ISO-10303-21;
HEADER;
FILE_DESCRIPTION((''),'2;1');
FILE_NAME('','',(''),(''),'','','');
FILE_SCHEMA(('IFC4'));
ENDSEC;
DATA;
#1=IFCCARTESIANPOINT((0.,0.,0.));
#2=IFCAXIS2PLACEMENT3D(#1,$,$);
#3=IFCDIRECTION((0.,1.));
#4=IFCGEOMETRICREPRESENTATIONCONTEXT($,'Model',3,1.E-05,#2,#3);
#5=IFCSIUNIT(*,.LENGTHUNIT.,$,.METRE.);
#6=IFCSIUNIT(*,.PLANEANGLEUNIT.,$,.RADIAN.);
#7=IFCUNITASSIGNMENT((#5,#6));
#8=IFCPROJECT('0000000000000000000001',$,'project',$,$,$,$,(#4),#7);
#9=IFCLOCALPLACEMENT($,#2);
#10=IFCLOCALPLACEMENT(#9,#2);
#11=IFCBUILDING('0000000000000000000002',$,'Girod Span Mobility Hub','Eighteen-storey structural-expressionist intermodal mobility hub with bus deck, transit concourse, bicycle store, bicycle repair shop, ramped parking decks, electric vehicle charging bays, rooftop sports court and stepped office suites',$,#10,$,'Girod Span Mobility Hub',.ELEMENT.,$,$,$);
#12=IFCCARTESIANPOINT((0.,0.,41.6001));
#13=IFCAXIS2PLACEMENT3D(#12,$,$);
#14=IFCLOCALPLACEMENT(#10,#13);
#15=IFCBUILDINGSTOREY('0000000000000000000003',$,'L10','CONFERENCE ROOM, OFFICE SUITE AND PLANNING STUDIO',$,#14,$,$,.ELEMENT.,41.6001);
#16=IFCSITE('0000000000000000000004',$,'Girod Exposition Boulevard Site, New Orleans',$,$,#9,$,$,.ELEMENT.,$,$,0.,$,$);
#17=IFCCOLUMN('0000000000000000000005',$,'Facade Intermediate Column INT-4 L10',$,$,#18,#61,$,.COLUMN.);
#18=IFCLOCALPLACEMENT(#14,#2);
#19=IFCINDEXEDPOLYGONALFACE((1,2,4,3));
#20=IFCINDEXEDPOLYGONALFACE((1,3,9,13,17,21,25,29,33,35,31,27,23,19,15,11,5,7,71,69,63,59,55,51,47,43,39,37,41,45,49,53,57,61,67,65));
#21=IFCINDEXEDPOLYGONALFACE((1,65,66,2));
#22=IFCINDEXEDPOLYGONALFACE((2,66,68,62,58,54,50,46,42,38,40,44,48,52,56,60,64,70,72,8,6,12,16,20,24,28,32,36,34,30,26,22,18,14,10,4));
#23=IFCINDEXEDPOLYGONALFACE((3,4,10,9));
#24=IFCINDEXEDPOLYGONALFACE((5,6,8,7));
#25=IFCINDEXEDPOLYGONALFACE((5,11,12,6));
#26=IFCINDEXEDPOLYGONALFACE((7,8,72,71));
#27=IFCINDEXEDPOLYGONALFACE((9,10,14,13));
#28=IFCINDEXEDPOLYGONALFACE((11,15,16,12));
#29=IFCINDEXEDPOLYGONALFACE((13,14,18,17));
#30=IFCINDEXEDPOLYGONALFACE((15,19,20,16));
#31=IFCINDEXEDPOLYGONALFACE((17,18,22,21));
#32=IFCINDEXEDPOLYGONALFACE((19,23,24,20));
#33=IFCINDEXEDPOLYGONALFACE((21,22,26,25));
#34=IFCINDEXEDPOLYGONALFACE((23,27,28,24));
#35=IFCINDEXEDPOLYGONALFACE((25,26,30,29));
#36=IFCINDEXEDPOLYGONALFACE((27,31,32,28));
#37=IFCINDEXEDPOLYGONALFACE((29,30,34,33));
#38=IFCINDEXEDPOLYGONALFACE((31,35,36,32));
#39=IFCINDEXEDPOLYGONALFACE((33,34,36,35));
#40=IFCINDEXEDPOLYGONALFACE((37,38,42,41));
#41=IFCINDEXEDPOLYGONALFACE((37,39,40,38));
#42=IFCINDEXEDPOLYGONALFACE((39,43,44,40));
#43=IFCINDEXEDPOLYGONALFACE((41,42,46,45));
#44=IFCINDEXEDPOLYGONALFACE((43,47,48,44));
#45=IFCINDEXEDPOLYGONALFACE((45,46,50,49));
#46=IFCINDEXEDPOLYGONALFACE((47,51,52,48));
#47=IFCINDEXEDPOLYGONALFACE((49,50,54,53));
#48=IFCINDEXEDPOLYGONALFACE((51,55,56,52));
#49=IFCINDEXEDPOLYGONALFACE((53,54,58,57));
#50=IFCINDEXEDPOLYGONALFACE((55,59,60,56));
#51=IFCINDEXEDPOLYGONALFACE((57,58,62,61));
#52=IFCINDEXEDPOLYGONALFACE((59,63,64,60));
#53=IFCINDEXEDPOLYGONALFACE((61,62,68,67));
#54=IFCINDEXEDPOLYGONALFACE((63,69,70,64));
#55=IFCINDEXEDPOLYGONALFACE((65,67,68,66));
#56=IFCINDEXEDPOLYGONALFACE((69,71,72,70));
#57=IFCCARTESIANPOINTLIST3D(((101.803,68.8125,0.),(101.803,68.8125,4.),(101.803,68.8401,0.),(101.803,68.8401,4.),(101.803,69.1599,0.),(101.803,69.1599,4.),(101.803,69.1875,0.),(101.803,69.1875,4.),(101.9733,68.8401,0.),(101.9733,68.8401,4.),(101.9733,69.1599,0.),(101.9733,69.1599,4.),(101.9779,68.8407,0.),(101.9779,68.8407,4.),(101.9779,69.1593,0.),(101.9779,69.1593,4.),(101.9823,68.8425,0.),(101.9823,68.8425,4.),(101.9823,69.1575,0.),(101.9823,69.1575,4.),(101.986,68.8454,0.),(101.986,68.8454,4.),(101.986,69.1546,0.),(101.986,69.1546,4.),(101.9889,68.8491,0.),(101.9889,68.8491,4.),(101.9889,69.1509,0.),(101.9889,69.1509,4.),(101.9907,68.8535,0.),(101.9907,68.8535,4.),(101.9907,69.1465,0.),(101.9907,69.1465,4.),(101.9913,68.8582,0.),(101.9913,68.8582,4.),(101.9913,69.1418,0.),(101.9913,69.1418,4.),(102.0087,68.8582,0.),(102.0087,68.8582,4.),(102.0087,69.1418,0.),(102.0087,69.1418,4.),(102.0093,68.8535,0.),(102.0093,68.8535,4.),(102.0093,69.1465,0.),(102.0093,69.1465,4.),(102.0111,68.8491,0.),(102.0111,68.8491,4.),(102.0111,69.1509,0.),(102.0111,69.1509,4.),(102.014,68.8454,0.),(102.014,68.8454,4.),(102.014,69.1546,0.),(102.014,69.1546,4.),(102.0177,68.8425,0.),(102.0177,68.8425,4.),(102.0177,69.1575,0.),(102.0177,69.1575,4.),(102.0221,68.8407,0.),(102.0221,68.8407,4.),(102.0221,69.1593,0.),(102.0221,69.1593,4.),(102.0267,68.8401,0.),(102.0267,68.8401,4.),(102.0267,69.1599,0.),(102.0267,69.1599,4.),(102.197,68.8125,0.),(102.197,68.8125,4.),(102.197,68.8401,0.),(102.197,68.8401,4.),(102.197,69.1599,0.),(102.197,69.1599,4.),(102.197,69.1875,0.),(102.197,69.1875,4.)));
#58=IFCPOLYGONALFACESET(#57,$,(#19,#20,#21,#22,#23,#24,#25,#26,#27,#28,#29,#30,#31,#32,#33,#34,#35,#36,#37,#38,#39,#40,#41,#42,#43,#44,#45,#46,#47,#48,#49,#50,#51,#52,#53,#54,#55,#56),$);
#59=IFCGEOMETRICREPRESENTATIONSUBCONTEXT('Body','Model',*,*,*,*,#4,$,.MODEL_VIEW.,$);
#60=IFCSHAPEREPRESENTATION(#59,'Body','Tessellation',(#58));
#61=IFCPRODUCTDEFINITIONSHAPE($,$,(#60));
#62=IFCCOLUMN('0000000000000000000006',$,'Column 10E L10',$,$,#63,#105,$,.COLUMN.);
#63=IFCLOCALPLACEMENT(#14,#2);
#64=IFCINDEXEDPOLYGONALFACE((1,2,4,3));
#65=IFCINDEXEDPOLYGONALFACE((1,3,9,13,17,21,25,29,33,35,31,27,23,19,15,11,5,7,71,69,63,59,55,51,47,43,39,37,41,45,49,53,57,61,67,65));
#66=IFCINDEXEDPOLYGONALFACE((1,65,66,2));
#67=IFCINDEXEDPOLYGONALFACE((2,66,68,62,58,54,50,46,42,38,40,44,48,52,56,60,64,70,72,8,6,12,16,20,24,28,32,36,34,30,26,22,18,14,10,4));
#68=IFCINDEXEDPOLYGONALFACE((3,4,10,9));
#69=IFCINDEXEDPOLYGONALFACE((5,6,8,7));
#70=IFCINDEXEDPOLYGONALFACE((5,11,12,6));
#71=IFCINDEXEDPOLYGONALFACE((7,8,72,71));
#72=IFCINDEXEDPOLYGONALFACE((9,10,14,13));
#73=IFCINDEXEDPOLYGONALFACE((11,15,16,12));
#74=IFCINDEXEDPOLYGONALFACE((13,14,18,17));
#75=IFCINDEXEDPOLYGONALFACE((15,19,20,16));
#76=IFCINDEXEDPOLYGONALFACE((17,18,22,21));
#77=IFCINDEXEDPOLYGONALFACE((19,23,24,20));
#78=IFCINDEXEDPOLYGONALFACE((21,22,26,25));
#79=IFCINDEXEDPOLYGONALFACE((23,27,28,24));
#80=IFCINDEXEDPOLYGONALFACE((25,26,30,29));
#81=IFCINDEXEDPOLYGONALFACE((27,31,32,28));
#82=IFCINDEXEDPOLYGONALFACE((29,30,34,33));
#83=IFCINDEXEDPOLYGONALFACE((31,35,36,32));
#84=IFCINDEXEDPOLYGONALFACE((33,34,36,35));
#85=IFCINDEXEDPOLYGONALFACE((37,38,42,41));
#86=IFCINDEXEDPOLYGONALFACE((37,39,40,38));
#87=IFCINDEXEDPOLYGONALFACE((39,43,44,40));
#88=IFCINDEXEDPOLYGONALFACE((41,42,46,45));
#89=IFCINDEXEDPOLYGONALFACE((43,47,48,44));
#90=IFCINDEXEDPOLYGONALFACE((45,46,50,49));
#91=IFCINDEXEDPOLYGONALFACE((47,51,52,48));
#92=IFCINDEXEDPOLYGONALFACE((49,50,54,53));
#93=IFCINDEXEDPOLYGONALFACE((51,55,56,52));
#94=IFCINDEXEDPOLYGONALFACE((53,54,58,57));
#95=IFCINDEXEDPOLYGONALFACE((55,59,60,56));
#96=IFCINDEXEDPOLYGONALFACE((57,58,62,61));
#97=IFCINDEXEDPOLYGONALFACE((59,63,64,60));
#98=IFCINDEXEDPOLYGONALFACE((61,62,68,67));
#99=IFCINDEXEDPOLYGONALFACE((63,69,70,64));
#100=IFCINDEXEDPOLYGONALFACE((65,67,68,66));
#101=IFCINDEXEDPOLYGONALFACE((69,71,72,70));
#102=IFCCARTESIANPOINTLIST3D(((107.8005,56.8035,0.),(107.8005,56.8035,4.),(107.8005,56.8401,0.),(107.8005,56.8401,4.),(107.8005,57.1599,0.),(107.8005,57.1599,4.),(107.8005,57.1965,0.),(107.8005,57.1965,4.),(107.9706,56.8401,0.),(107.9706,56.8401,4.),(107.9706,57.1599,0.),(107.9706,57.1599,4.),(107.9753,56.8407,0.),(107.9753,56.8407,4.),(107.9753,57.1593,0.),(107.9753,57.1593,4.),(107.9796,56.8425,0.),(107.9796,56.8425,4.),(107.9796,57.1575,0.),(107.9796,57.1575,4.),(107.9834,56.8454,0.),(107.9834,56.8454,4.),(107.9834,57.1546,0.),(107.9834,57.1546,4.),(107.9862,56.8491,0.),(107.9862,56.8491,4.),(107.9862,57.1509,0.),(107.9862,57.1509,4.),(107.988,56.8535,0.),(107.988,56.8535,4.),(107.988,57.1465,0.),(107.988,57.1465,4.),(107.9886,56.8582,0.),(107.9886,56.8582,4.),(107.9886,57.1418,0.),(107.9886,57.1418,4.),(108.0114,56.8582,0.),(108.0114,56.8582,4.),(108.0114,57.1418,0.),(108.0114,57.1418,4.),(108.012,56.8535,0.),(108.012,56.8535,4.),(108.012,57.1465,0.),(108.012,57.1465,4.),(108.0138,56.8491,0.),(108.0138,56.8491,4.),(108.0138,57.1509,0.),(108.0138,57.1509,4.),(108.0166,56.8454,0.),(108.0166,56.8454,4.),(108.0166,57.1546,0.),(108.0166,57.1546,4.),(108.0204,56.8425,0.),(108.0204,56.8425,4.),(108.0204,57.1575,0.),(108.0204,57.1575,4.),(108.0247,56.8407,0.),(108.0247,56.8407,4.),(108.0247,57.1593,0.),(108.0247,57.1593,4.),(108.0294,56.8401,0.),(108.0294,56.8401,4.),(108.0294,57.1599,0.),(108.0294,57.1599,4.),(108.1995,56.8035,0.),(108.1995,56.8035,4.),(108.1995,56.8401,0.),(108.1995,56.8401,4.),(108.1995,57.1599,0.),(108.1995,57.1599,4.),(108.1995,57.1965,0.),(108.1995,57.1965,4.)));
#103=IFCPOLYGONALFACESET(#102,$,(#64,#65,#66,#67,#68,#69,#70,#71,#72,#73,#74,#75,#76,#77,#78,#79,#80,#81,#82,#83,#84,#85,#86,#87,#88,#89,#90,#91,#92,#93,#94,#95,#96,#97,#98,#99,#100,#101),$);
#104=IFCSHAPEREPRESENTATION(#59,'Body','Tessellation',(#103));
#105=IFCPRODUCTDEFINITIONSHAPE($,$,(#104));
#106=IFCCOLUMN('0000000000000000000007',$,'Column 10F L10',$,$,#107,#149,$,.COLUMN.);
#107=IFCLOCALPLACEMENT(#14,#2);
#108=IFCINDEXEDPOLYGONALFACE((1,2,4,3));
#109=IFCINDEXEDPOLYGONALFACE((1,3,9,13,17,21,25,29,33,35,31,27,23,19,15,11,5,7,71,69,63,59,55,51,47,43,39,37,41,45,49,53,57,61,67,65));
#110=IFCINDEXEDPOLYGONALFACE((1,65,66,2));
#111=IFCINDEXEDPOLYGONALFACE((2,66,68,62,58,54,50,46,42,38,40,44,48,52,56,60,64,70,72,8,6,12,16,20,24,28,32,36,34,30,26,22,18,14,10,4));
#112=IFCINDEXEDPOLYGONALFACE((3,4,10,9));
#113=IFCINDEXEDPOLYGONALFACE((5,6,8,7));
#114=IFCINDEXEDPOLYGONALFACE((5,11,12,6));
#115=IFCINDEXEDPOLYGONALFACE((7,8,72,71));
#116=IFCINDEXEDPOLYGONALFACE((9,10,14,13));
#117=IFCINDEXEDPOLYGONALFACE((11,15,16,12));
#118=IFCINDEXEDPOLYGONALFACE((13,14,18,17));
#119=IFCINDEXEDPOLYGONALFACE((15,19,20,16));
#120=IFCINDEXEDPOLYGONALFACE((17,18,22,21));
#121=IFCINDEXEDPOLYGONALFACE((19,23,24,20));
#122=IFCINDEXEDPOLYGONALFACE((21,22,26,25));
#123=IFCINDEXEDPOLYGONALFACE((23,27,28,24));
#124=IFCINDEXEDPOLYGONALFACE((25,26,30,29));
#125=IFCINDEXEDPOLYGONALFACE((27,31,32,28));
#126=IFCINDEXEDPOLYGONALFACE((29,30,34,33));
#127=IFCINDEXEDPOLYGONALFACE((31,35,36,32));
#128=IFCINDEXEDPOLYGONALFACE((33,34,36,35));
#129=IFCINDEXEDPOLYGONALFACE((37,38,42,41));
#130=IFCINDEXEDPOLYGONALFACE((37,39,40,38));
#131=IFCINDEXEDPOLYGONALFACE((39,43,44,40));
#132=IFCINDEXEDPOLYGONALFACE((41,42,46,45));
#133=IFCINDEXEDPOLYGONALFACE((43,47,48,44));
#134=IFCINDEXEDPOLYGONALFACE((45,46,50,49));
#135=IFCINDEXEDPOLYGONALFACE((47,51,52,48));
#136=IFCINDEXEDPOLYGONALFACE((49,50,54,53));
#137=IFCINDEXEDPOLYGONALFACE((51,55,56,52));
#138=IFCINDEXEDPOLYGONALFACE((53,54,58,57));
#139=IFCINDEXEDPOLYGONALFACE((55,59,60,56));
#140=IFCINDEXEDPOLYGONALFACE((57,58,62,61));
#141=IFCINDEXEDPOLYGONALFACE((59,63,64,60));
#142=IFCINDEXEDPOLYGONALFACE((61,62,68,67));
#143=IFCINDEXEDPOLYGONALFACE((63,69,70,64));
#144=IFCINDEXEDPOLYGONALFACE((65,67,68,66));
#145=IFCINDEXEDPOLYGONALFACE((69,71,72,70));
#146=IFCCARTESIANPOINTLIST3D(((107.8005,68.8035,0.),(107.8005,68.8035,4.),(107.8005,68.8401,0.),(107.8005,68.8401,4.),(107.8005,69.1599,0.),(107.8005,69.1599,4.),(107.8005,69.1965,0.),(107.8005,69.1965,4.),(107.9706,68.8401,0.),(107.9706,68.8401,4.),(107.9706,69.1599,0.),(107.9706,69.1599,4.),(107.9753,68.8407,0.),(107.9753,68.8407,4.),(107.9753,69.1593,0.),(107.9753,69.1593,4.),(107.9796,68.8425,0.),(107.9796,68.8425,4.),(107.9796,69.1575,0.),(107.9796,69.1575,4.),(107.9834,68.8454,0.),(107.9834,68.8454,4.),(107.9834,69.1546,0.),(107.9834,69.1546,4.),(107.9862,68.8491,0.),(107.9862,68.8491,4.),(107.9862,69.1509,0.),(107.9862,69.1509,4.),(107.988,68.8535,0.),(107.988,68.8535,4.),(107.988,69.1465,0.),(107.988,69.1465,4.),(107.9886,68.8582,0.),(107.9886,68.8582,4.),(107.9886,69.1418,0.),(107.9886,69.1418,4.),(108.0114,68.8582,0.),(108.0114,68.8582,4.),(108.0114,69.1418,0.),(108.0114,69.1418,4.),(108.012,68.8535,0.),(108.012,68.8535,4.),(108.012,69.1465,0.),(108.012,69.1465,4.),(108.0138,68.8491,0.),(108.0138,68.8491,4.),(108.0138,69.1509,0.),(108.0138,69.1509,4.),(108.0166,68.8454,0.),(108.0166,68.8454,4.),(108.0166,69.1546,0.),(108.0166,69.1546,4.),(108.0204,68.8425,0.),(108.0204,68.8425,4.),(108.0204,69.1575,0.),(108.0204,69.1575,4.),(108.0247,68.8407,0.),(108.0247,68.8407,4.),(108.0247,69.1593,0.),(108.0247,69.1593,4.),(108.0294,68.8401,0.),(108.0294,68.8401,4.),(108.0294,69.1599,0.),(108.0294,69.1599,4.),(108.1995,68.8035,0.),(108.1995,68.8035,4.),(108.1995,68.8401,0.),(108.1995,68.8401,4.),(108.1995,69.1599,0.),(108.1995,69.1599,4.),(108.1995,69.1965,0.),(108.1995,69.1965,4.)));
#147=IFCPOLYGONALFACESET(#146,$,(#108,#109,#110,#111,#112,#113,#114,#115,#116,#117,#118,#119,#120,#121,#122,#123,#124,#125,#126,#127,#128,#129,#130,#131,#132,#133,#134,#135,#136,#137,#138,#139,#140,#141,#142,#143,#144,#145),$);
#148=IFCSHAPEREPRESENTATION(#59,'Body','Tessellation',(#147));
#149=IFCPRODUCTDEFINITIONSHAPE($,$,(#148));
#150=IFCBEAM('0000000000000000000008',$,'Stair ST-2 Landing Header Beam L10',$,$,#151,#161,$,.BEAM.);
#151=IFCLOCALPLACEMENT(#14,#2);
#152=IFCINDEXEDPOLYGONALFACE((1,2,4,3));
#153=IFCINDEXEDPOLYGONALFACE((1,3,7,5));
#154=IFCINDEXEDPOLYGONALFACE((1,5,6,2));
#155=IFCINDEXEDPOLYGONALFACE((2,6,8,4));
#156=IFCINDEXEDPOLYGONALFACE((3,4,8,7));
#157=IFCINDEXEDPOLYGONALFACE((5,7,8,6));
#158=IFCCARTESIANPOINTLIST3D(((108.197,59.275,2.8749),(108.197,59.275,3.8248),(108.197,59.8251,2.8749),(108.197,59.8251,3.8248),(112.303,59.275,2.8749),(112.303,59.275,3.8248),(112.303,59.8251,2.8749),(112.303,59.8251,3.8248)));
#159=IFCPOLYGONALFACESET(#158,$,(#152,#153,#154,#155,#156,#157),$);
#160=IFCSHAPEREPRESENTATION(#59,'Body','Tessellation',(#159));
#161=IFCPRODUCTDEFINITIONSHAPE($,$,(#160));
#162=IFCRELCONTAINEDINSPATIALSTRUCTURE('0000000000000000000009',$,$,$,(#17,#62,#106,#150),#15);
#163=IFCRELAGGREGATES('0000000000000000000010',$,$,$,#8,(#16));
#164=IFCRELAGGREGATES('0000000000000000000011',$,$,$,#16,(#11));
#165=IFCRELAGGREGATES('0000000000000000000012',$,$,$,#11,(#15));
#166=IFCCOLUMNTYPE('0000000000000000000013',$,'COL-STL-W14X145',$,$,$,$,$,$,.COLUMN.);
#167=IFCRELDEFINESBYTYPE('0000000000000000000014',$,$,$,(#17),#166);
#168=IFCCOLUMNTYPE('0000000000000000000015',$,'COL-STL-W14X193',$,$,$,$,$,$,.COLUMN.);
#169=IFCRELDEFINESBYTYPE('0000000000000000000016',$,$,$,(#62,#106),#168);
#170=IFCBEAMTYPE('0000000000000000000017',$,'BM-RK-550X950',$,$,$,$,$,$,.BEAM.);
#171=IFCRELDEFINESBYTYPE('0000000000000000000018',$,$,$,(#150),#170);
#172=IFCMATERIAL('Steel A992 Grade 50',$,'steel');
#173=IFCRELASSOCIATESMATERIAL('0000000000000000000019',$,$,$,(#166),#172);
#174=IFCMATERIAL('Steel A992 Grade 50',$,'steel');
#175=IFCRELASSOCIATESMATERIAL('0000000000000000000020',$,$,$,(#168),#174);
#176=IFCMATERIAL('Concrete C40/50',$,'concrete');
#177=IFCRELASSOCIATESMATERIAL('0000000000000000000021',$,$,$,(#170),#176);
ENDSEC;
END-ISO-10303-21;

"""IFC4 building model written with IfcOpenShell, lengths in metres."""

from ifc_helpers import new_model, si_unit, direction, frame, origin, origin_2d, place, context, subcontext, project, spatial, rectangle, i_section, extrude, material, material_profile, profile_set, type_object, element, save


model = new_model("IFC4")

# Units and contexts
model_context = context("Model", 3, precision=1e-05, world=origin(), true_north=direction((0.0, 1.0)))
body_context = subcontext(model_context, "Body", "Model", "MODEL_VIEW")
ifc_project = project(units=[si_unit("LENGTHUNIT", "METRE"), si_unit("PLANEANGLEUNIT", "RADIAN")], contexts=[model_context])

# Site, building, storey
site_placement = place(None, origin())
site = spatial("IfcSite", under=ifc_project, at=site_placement, Name="Girod Exposition Boulevard Site, New Orleans", CompositionType="ELEMENT", RefElevation=0.0)
building_placement = place(site_placement, origin())
building = spatial("IfcBuilding", under=site, at=building_placement, Name="Girod Span Mobility Hub", Description="Eighteen-storey structural-expressionist intermodal mobility hub with bus deck, transit concourse, bicycle store, bicycle repair shop, ramped parking decks, electric vehicle charging bays, rooftop sports court and stepped office suites", LongName="Girod Span Mobility Hub", CompositionType="ELEMENT")
storey_placement = place(building_placement, frame((0.0, 0.0, 41.6001)))
storey = spatial("IfcBuildingStorey", under=building, at=storey_placement, Name="L10", Description="CONFERENCE ROOM, OFFICE SUITE AND PLANNING STUDIO", CompositionType="ELEMENT", Elevation=41.6001)

# Columns
ifc_material_1 = material(Name="Steel A992 Grade 50", Category="steel")
ifc_material_profile_1 = material_profile(ifc_material_1, i_section(OverallWidth=0.394, OverallDepth=0.375, WebThickness=0.0173, FlangeThickness=0.0276, FilletRadius=0.0181, at=origin_2d()), Name="W14X145")
ifc_profile_set_1 = profile_set([ifc_material_profile_1], Name="Steel A992 Grade 50")
column_type_1 = type_object("IfcColumnType", Name="COL-STL-W14X145", PredefinedType="COLUMN", material=ifc_profile_set_1)
column_placement = place(storey_placement, frame((102.0, 69.0, 0.0), z_axis=(0.0, 0.0, 1.0), x_axis=(1.0, 0.0, 0.0)))
element("IfcColumn", 1, at=column_placement, inside=storey, type_object=column_type_1, Name="Facade Intermediate Column INT-4 L10", PredefinedType="COLUMN", context=body_context, shape_type="SweptSolid", body=[
    extrude(i_section(OverallWidth=0.394, OverallDepth=0.375, WebThickness=0.0173, FlangeThickness=0.0276, FilletRadius=0.0181, at=origin_2d()), origin(), (0.0, 0.0, 1.0), 4.0),
])
ifc_material_2 = material(Name="Steel A992 Grade 50", Category="steel")
ifc_material_profile_2 = material_profile(ifc_material_2, i_section(OverallWidth=0.3989, OverallDepth=0.3931, WebThickness=0.0227, FlangeThickness=0.0366, FilletRadius=0.0181, at=origin_2d()), Name="W14X193")
ifc_profile_set_2 = profile_set([ifc_material_profile_2], Name="Steel A992 Grade 50")
column_type_2 = type_object("IfcColumnType", Name="COL-STL-W14X193", PredefinedType="COLUMN", material=ifc_profile_set_2)
for number, where, z_axis, x_axis, name in (
    (2, (108.0, 57.0, 0.0), (0.0, 0.0, 1.0), (1.0, 0.0, 0.0), "Column 10E L10"),
    (3, (108.0, 69.0, 0.0), (0.0, 0.0, 1.0), (1.0, 0.0, 0.0), "Column 10F L10"),
):
    element("IfcColumn", number, at=place(storey_placement, frame(where, z_axis=z_axis, x_axis=x_axis)), inside=storey, type_object=column_type_2, Name=name, PredefinedType="COLUMN", context=body_context, shape_type="SweptSolid", body=[
        extrude(i_section(OverallWidth=0.3989, OverallDepth=0.3931, WebThickness=0.0227, FlangeThickness=0.0366, FilletRadius=0.0181, at=origin_2d()), origin(), (0.0, 0.0, 1.0), 4.0),
    ])

# Beam
ifc_material_3 = material(Name="Concrete C40/50", Category="concrete")
ifc_material_profile_3 = material_profile(ifc_material_3, rectangle(XDim=0.55, YDim=0.95, at=origin_2d()), Name="RK-550X950")
ifc_profile_set_3 = profile_set([ifc_material_profile_3], Name="Concrete C40/50")
beam_type_1 = type_object("IfcBeamType", Name="BM-RK-550X950", PredefinedType="BEAM", material=ifc_profile_set_3)
beam_1_placement = place(storey_placement, frame((108.197, 59.55, 3.3499), z_axis=(1.0, 0.0, 0.0), x_axis=(0.0, 1.0, 0.0)))
element("IfcBeam", 4, at=beam_1_placement, inside=storey, type_object=beam_type_1, Name="Stair ST-2 Landing Header Beam L10", PredefinedType="BEAM", context=body_context, shape_type="SweptSolid", body=[
    extrude(rectangle(XDim=0.55, YDim=0.95, at=origin_2d()), origin(), (0.0, 0.0, 1.0), 4.106),
])

save(model, "model.ifc")
